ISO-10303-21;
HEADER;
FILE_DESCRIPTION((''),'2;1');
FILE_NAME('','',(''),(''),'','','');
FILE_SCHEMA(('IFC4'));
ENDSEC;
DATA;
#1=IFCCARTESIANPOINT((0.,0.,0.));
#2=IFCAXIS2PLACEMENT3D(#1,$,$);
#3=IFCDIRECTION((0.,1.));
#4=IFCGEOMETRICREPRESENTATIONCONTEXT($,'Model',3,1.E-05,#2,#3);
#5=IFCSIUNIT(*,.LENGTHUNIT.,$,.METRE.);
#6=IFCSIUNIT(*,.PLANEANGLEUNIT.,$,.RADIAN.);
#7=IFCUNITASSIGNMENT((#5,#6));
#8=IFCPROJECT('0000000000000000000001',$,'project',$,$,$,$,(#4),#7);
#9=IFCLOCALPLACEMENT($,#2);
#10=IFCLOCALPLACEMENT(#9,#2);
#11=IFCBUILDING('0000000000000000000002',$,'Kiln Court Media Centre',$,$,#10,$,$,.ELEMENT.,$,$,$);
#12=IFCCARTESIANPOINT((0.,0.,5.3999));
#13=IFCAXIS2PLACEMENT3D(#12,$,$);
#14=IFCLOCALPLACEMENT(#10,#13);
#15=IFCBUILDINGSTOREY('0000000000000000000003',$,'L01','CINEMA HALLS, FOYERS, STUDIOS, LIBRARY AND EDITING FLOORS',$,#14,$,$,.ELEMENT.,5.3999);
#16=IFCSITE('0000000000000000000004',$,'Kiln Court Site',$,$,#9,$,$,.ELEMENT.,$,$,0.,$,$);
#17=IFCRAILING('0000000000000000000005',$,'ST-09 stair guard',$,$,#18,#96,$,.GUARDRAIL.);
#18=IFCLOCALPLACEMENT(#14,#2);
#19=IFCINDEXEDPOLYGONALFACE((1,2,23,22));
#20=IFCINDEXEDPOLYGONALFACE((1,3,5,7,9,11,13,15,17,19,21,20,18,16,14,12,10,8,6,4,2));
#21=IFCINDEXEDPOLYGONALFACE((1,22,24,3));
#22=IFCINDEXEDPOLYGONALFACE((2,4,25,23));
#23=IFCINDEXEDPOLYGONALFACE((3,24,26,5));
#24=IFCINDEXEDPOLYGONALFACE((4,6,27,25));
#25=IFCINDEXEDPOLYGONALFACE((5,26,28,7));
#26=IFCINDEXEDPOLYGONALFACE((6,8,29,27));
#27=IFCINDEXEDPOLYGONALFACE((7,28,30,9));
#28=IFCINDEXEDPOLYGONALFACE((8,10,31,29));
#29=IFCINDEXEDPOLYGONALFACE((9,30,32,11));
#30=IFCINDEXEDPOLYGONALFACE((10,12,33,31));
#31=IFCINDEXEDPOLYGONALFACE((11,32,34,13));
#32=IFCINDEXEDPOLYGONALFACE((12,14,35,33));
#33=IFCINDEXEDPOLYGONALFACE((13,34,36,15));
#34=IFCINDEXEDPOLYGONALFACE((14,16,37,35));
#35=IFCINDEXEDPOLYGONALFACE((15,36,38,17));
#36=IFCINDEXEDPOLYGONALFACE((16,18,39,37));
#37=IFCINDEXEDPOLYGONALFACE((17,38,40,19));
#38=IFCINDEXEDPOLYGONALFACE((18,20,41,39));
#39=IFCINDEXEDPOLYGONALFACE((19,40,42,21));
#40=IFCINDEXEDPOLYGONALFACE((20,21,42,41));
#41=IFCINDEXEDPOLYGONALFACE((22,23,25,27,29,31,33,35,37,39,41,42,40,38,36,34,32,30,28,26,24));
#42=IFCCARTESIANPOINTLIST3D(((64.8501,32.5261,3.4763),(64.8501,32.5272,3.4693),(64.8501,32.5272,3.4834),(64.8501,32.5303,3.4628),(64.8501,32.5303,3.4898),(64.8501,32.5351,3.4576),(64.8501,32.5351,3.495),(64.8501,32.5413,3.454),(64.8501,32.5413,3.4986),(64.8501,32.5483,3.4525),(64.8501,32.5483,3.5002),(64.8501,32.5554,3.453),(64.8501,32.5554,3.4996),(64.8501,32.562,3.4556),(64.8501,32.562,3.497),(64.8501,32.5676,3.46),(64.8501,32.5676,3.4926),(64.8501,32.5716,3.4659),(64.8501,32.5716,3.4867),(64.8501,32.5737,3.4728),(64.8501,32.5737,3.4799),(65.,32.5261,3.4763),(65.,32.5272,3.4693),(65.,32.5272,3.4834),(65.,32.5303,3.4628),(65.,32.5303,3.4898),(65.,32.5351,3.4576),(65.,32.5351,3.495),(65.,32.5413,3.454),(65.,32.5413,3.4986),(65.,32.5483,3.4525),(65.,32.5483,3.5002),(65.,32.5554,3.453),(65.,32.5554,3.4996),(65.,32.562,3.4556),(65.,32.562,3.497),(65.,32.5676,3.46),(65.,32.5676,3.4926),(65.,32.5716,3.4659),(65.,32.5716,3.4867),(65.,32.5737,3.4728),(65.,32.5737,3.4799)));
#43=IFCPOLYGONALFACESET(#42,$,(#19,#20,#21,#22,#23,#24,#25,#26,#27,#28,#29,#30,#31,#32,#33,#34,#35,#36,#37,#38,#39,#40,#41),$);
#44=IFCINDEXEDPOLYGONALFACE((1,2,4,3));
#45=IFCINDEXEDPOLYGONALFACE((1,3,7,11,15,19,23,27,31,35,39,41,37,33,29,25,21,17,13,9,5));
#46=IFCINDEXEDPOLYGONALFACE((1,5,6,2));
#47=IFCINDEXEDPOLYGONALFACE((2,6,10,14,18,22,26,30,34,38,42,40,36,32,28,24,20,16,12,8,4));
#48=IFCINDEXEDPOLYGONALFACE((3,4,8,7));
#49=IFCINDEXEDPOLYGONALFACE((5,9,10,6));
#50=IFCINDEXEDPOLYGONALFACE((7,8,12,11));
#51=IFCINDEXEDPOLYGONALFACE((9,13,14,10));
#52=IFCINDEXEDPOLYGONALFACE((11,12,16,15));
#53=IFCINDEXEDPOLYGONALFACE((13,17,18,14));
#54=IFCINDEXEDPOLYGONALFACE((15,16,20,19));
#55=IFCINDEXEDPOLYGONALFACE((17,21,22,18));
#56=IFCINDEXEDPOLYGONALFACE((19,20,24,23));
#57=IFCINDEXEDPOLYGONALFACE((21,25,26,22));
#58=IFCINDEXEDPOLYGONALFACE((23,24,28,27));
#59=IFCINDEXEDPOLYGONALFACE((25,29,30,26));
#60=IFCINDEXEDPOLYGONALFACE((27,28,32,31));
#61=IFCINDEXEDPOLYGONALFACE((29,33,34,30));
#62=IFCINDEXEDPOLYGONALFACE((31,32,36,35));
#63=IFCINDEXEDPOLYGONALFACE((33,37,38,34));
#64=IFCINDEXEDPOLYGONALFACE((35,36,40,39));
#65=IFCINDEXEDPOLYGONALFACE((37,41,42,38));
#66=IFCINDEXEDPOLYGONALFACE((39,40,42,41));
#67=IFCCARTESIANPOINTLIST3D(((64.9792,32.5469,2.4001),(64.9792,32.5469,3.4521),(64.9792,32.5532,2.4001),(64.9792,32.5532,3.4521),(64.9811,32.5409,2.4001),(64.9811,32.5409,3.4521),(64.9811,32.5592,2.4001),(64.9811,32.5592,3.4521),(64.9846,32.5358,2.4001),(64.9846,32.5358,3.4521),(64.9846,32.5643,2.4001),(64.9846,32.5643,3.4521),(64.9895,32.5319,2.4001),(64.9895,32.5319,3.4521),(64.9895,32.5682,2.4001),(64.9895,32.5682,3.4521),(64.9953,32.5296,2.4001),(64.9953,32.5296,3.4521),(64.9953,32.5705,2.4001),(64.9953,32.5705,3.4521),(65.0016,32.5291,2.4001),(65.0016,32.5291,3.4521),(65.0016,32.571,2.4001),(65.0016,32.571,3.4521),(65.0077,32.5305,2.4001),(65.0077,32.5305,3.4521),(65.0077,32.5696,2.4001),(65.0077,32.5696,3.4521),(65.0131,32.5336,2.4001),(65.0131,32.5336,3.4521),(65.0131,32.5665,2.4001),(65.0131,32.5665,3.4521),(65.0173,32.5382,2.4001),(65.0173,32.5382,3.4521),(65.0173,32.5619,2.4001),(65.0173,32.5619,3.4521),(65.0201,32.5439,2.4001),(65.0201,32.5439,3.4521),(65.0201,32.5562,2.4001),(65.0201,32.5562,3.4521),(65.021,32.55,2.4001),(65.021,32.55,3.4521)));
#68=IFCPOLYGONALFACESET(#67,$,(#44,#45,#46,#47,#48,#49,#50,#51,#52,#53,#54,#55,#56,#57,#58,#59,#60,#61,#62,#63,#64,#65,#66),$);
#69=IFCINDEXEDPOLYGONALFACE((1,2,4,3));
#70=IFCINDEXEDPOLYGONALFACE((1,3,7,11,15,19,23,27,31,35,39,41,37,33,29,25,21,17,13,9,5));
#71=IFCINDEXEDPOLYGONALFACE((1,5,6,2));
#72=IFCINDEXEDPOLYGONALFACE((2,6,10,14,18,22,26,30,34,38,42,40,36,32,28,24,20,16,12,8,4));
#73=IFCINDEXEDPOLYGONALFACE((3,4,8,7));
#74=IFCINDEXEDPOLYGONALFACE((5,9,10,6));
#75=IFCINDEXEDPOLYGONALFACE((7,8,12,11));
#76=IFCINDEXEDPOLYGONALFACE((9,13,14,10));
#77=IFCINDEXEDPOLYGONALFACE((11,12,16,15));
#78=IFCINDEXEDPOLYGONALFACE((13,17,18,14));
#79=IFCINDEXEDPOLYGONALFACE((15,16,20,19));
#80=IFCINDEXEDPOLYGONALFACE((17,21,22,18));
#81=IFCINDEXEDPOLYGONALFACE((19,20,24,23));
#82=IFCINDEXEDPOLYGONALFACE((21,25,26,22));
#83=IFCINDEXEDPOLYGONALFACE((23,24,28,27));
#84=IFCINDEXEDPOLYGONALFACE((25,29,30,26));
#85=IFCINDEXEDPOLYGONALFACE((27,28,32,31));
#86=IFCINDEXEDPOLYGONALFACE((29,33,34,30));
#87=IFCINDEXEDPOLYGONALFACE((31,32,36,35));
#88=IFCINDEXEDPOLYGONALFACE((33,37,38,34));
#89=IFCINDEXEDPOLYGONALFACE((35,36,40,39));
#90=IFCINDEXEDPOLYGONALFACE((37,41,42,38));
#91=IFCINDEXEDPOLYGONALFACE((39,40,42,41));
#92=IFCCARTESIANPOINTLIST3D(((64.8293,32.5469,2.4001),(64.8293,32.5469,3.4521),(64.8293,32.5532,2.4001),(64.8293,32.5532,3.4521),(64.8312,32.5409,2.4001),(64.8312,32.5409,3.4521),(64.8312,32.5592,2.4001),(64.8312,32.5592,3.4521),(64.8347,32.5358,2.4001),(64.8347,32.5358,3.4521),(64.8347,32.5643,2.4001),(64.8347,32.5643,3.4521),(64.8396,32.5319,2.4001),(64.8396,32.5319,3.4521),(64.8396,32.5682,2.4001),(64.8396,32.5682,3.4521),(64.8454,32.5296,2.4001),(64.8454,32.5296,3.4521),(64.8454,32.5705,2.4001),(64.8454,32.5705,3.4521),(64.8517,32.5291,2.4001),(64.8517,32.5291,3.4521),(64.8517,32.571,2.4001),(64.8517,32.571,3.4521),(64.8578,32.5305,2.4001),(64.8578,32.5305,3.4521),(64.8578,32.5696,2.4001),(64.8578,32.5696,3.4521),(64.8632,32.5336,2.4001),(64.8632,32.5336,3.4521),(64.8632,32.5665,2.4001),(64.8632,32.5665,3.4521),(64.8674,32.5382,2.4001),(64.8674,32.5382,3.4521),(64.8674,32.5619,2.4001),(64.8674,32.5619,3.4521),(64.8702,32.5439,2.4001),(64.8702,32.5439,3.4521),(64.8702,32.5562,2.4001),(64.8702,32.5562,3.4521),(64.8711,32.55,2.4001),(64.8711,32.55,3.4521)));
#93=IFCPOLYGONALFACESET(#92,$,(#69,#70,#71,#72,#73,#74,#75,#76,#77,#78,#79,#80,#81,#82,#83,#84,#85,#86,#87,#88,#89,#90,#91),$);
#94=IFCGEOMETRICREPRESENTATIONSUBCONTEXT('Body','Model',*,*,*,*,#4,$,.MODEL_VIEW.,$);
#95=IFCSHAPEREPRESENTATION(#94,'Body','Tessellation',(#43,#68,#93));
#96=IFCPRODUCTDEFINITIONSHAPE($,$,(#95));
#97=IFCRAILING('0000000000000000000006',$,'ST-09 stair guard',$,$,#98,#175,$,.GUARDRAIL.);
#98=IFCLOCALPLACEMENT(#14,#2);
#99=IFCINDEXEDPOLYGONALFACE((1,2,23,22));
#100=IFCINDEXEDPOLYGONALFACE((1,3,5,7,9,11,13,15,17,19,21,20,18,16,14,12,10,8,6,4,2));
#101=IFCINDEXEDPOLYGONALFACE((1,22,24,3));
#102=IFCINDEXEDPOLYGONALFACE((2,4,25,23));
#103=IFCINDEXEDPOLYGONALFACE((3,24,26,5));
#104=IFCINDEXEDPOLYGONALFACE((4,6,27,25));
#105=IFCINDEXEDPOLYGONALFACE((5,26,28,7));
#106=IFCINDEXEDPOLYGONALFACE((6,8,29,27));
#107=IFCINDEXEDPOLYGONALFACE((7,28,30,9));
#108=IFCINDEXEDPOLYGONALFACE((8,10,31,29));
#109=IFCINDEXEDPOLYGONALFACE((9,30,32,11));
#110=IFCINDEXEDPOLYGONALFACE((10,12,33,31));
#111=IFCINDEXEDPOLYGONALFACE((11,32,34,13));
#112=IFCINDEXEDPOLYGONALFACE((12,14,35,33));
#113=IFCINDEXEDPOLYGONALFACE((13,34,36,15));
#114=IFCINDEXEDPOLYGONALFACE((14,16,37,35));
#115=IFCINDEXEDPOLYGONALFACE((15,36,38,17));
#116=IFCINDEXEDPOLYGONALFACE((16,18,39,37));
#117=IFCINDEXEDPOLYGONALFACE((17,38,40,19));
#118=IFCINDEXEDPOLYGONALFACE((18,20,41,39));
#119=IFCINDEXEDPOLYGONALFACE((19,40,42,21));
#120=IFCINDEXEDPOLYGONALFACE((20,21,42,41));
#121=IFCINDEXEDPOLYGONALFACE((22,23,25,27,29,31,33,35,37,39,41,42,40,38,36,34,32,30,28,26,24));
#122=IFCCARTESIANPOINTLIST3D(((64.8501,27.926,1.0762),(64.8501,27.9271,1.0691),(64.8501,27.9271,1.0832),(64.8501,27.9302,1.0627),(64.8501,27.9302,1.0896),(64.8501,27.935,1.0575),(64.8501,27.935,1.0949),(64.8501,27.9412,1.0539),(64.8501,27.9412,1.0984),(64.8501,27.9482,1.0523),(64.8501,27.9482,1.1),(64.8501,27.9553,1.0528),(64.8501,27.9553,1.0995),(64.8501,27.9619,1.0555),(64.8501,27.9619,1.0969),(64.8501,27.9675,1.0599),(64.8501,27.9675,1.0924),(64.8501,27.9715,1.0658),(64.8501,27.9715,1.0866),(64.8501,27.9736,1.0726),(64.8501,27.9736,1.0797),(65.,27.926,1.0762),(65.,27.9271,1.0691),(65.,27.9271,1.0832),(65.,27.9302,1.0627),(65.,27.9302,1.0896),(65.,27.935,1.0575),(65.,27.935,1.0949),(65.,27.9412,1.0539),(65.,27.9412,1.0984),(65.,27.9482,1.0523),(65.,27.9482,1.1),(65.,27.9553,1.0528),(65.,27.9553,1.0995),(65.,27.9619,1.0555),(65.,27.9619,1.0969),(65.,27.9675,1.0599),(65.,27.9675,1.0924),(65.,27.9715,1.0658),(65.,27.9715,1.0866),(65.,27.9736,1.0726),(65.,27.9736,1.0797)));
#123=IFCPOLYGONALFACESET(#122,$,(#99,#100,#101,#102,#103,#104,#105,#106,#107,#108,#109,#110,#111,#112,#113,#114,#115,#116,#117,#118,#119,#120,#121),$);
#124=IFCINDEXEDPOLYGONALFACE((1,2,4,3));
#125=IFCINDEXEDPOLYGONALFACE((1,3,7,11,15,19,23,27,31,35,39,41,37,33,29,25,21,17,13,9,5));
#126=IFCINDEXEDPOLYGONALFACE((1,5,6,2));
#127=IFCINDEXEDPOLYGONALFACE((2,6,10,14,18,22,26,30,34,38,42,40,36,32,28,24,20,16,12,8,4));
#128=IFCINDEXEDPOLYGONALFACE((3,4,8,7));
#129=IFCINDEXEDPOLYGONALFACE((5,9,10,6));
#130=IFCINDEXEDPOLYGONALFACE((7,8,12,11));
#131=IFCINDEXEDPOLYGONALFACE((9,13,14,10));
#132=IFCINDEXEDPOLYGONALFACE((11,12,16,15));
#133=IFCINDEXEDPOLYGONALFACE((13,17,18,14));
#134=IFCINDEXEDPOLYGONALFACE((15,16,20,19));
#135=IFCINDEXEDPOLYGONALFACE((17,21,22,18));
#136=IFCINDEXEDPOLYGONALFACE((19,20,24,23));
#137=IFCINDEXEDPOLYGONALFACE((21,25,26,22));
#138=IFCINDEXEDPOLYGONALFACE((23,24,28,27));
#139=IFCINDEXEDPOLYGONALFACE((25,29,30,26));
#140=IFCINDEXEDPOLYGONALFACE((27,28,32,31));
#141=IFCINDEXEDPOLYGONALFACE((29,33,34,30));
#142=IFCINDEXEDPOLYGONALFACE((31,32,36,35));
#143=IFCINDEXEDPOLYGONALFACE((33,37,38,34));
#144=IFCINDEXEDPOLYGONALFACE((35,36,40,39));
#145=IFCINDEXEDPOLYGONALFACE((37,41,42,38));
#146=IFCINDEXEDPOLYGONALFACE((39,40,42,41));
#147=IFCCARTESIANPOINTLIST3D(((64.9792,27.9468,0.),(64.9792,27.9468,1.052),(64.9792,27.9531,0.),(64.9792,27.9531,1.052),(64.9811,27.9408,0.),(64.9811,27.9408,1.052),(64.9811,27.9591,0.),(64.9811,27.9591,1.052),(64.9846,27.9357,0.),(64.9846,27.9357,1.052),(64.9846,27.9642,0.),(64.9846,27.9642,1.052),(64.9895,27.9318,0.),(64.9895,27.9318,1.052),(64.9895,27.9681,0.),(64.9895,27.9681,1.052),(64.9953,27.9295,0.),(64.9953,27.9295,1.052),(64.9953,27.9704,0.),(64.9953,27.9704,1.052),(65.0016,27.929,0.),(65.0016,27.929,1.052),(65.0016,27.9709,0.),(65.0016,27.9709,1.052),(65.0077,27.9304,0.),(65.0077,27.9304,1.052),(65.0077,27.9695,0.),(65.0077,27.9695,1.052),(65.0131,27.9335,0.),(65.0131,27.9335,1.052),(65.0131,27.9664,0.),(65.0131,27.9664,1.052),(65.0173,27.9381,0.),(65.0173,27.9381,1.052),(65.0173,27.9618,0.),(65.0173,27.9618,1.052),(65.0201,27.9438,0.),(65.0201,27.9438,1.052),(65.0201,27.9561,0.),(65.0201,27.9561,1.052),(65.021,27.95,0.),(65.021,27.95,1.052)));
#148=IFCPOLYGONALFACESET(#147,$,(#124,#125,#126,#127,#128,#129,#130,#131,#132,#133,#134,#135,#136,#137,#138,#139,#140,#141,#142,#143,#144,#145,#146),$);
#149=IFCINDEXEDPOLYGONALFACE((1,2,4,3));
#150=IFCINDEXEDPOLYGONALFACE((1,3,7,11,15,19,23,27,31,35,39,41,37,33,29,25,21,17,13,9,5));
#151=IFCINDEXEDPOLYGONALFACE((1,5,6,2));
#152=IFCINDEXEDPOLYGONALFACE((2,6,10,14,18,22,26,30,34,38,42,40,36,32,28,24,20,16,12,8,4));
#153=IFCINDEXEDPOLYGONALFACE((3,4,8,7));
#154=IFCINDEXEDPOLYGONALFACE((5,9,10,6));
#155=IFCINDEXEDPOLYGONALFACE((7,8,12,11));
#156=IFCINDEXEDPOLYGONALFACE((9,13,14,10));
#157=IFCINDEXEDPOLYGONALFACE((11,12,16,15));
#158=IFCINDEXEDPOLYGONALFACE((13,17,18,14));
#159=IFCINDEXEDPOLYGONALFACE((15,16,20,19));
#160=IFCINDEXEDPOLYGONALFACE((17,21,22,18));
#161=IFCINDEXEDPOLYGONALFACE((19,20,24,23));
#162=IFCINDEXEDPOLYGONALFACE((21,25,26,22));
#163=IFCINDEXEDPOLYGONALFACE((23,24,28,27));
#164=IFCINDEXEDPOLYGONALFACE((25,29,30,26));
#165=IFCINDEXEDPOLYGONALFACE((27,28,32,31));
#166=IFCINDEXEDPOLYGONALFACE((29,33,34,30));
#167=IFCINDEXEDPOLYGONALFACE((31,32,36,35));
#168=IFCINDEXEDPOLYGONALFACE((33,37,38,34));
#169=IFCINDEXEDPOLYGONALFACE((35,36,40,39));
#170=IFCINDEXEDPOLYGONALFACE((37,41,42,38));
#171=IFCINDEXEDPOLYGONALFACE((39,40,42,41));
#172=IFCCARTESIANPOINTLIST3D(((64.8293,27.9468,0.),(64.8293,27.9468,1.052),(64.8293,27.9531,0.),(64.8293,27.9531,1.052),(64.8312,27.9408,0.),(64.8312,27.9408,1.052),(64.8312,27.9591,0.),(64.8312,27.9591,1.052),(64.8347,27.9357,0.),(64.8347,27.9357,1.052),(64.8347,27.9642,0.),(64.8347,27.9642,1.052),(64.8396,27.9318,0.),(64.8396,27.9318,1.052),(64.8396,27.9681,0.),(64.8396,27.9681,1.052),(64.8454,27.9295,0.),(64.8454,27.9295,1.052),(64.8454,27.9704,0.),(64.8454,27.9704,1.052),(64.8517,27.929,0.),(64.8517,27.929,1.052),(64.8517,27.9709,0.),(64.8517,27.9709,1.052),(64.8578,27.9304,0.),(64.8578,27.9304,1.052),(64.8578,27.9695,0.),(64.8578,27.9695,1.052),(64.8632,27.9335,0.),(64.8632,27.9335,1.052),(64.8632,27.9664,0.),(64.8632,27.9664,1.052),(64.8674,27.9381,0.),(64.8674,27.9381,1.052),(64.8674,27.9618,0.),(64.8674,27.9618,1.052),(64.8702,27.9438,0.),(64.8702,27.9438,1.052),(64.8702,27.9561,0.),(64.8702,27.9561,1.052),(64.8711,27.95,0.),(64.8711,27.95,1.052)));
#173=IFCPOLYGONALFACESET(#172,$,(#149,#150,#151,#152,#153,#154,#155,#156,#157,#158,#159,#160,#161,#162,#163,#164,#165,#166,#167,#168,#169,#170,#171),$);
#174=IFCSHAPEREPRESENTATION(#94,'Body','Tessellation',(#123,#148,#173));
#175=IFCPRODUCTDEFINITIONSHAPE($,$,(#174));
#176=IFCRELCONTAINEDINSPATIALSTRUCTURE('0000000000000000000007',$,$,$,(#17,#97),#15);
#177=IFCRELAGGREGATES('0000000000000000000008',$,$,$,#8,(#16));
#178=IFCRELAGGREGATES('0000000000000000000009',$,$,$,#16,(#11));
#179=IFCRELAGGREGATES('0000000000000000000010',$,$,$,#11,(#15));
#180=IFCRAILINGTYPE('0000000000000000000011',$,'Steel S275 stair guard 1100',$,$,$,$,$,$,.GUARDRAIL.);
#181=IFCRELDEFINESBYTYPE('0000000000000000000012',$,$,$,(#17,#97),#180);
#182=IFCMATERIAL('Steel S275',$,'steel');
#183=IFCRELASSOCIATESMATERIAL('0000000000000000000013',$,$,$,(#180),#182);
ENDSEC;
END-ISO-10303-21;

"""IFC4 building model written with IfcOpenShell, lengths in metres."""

from ifc_helpers import new_model, si_unit, direction, frame, origin, origin_2d, place, context, subcontext, project, spatial, circle, extrude, material, type_object, element, save


model = new_model("IFC4")

# Units and contexts
model_context = context("Model", 3, precision=1e-05, world=origin(), true_north=direction((0.0, 1.0)))
body_context = subcontext(model_context, "Body", "Model", "MODEL_VIEW")
ifc_project = project(units=[si_unit("LENGTHUNIT", "METRE"), si_unit("PLANEANGLEUNIT", "RADIAN")], contexts=[model_context])

# Site, building, storey
site_placement = place(None, origin())
site = spatial("IfcSite", under=ifc_project, at=site_placement, Name="Kiln Court Site", CompositionType="ELEMENT", RefElevation=0.0)
building_placement = place(site_placement, origin())
building = spatial("IfcBuilding", under=site, at=building_placement, Name="Kiln Court Media Centre", CompositionType="ELEMENT")
storey_placement = place(building_placement, frame((0.0, 0.0, 5.3999)))
storey = spatial("IfcBuildingStorey", under=building, at=storey_placement, Name="L01", Description="CINEMA HALLS, FOYERS, STUDIOS, LIBRARY AND EDITING FLOORS", CompositionType="ELEMENT", Elevation=5.3999)

# Railings
ifc_material_1 = material(Name="Steel S275", Category="steel")
railing_type_1 = type_object("IfcRailingType", Name="Steel S275 stair guard 1100", PredefinedType="GUARDRAIL", material=ifc_material_1)
for number, where, name in (
    (1, (65.0, 32.55, 2.4001), "ST-09 stair guard"),
    (2, (65.0, 27.95, 0.0), "ST-09 stair guard"),
):
    element("IfcRailing", number, at=place(storey_placement, frame(where)), inside=storey, type_object=railing_type_1, Name=name, PredefinedType="GUARDRAIL", context=body_context, shape_type="SweptSolid", body=[
        extrude(circle(Radius=0.0239, at=origin_2d()), frame((0.0, 0.0, 1.0762), z_axis=(-1.0, 0.0, 0.0), x_axis=(0.0, -1.0, 0.0)), (0.0, 0.0, 1.0), 0.1499),
        extrude(circle(Radius=0.021, at=origin_2d()), origin(), (0.0, 0.0, 1.0), 1.052),
        extrude(circle(Radius=0.021, at=origin_2d()), frame((-0.1499, 0.0, 0.0)), (0.0, 0.0, 1.0), 1.052),
    ])

save(model, "model.ifc")
